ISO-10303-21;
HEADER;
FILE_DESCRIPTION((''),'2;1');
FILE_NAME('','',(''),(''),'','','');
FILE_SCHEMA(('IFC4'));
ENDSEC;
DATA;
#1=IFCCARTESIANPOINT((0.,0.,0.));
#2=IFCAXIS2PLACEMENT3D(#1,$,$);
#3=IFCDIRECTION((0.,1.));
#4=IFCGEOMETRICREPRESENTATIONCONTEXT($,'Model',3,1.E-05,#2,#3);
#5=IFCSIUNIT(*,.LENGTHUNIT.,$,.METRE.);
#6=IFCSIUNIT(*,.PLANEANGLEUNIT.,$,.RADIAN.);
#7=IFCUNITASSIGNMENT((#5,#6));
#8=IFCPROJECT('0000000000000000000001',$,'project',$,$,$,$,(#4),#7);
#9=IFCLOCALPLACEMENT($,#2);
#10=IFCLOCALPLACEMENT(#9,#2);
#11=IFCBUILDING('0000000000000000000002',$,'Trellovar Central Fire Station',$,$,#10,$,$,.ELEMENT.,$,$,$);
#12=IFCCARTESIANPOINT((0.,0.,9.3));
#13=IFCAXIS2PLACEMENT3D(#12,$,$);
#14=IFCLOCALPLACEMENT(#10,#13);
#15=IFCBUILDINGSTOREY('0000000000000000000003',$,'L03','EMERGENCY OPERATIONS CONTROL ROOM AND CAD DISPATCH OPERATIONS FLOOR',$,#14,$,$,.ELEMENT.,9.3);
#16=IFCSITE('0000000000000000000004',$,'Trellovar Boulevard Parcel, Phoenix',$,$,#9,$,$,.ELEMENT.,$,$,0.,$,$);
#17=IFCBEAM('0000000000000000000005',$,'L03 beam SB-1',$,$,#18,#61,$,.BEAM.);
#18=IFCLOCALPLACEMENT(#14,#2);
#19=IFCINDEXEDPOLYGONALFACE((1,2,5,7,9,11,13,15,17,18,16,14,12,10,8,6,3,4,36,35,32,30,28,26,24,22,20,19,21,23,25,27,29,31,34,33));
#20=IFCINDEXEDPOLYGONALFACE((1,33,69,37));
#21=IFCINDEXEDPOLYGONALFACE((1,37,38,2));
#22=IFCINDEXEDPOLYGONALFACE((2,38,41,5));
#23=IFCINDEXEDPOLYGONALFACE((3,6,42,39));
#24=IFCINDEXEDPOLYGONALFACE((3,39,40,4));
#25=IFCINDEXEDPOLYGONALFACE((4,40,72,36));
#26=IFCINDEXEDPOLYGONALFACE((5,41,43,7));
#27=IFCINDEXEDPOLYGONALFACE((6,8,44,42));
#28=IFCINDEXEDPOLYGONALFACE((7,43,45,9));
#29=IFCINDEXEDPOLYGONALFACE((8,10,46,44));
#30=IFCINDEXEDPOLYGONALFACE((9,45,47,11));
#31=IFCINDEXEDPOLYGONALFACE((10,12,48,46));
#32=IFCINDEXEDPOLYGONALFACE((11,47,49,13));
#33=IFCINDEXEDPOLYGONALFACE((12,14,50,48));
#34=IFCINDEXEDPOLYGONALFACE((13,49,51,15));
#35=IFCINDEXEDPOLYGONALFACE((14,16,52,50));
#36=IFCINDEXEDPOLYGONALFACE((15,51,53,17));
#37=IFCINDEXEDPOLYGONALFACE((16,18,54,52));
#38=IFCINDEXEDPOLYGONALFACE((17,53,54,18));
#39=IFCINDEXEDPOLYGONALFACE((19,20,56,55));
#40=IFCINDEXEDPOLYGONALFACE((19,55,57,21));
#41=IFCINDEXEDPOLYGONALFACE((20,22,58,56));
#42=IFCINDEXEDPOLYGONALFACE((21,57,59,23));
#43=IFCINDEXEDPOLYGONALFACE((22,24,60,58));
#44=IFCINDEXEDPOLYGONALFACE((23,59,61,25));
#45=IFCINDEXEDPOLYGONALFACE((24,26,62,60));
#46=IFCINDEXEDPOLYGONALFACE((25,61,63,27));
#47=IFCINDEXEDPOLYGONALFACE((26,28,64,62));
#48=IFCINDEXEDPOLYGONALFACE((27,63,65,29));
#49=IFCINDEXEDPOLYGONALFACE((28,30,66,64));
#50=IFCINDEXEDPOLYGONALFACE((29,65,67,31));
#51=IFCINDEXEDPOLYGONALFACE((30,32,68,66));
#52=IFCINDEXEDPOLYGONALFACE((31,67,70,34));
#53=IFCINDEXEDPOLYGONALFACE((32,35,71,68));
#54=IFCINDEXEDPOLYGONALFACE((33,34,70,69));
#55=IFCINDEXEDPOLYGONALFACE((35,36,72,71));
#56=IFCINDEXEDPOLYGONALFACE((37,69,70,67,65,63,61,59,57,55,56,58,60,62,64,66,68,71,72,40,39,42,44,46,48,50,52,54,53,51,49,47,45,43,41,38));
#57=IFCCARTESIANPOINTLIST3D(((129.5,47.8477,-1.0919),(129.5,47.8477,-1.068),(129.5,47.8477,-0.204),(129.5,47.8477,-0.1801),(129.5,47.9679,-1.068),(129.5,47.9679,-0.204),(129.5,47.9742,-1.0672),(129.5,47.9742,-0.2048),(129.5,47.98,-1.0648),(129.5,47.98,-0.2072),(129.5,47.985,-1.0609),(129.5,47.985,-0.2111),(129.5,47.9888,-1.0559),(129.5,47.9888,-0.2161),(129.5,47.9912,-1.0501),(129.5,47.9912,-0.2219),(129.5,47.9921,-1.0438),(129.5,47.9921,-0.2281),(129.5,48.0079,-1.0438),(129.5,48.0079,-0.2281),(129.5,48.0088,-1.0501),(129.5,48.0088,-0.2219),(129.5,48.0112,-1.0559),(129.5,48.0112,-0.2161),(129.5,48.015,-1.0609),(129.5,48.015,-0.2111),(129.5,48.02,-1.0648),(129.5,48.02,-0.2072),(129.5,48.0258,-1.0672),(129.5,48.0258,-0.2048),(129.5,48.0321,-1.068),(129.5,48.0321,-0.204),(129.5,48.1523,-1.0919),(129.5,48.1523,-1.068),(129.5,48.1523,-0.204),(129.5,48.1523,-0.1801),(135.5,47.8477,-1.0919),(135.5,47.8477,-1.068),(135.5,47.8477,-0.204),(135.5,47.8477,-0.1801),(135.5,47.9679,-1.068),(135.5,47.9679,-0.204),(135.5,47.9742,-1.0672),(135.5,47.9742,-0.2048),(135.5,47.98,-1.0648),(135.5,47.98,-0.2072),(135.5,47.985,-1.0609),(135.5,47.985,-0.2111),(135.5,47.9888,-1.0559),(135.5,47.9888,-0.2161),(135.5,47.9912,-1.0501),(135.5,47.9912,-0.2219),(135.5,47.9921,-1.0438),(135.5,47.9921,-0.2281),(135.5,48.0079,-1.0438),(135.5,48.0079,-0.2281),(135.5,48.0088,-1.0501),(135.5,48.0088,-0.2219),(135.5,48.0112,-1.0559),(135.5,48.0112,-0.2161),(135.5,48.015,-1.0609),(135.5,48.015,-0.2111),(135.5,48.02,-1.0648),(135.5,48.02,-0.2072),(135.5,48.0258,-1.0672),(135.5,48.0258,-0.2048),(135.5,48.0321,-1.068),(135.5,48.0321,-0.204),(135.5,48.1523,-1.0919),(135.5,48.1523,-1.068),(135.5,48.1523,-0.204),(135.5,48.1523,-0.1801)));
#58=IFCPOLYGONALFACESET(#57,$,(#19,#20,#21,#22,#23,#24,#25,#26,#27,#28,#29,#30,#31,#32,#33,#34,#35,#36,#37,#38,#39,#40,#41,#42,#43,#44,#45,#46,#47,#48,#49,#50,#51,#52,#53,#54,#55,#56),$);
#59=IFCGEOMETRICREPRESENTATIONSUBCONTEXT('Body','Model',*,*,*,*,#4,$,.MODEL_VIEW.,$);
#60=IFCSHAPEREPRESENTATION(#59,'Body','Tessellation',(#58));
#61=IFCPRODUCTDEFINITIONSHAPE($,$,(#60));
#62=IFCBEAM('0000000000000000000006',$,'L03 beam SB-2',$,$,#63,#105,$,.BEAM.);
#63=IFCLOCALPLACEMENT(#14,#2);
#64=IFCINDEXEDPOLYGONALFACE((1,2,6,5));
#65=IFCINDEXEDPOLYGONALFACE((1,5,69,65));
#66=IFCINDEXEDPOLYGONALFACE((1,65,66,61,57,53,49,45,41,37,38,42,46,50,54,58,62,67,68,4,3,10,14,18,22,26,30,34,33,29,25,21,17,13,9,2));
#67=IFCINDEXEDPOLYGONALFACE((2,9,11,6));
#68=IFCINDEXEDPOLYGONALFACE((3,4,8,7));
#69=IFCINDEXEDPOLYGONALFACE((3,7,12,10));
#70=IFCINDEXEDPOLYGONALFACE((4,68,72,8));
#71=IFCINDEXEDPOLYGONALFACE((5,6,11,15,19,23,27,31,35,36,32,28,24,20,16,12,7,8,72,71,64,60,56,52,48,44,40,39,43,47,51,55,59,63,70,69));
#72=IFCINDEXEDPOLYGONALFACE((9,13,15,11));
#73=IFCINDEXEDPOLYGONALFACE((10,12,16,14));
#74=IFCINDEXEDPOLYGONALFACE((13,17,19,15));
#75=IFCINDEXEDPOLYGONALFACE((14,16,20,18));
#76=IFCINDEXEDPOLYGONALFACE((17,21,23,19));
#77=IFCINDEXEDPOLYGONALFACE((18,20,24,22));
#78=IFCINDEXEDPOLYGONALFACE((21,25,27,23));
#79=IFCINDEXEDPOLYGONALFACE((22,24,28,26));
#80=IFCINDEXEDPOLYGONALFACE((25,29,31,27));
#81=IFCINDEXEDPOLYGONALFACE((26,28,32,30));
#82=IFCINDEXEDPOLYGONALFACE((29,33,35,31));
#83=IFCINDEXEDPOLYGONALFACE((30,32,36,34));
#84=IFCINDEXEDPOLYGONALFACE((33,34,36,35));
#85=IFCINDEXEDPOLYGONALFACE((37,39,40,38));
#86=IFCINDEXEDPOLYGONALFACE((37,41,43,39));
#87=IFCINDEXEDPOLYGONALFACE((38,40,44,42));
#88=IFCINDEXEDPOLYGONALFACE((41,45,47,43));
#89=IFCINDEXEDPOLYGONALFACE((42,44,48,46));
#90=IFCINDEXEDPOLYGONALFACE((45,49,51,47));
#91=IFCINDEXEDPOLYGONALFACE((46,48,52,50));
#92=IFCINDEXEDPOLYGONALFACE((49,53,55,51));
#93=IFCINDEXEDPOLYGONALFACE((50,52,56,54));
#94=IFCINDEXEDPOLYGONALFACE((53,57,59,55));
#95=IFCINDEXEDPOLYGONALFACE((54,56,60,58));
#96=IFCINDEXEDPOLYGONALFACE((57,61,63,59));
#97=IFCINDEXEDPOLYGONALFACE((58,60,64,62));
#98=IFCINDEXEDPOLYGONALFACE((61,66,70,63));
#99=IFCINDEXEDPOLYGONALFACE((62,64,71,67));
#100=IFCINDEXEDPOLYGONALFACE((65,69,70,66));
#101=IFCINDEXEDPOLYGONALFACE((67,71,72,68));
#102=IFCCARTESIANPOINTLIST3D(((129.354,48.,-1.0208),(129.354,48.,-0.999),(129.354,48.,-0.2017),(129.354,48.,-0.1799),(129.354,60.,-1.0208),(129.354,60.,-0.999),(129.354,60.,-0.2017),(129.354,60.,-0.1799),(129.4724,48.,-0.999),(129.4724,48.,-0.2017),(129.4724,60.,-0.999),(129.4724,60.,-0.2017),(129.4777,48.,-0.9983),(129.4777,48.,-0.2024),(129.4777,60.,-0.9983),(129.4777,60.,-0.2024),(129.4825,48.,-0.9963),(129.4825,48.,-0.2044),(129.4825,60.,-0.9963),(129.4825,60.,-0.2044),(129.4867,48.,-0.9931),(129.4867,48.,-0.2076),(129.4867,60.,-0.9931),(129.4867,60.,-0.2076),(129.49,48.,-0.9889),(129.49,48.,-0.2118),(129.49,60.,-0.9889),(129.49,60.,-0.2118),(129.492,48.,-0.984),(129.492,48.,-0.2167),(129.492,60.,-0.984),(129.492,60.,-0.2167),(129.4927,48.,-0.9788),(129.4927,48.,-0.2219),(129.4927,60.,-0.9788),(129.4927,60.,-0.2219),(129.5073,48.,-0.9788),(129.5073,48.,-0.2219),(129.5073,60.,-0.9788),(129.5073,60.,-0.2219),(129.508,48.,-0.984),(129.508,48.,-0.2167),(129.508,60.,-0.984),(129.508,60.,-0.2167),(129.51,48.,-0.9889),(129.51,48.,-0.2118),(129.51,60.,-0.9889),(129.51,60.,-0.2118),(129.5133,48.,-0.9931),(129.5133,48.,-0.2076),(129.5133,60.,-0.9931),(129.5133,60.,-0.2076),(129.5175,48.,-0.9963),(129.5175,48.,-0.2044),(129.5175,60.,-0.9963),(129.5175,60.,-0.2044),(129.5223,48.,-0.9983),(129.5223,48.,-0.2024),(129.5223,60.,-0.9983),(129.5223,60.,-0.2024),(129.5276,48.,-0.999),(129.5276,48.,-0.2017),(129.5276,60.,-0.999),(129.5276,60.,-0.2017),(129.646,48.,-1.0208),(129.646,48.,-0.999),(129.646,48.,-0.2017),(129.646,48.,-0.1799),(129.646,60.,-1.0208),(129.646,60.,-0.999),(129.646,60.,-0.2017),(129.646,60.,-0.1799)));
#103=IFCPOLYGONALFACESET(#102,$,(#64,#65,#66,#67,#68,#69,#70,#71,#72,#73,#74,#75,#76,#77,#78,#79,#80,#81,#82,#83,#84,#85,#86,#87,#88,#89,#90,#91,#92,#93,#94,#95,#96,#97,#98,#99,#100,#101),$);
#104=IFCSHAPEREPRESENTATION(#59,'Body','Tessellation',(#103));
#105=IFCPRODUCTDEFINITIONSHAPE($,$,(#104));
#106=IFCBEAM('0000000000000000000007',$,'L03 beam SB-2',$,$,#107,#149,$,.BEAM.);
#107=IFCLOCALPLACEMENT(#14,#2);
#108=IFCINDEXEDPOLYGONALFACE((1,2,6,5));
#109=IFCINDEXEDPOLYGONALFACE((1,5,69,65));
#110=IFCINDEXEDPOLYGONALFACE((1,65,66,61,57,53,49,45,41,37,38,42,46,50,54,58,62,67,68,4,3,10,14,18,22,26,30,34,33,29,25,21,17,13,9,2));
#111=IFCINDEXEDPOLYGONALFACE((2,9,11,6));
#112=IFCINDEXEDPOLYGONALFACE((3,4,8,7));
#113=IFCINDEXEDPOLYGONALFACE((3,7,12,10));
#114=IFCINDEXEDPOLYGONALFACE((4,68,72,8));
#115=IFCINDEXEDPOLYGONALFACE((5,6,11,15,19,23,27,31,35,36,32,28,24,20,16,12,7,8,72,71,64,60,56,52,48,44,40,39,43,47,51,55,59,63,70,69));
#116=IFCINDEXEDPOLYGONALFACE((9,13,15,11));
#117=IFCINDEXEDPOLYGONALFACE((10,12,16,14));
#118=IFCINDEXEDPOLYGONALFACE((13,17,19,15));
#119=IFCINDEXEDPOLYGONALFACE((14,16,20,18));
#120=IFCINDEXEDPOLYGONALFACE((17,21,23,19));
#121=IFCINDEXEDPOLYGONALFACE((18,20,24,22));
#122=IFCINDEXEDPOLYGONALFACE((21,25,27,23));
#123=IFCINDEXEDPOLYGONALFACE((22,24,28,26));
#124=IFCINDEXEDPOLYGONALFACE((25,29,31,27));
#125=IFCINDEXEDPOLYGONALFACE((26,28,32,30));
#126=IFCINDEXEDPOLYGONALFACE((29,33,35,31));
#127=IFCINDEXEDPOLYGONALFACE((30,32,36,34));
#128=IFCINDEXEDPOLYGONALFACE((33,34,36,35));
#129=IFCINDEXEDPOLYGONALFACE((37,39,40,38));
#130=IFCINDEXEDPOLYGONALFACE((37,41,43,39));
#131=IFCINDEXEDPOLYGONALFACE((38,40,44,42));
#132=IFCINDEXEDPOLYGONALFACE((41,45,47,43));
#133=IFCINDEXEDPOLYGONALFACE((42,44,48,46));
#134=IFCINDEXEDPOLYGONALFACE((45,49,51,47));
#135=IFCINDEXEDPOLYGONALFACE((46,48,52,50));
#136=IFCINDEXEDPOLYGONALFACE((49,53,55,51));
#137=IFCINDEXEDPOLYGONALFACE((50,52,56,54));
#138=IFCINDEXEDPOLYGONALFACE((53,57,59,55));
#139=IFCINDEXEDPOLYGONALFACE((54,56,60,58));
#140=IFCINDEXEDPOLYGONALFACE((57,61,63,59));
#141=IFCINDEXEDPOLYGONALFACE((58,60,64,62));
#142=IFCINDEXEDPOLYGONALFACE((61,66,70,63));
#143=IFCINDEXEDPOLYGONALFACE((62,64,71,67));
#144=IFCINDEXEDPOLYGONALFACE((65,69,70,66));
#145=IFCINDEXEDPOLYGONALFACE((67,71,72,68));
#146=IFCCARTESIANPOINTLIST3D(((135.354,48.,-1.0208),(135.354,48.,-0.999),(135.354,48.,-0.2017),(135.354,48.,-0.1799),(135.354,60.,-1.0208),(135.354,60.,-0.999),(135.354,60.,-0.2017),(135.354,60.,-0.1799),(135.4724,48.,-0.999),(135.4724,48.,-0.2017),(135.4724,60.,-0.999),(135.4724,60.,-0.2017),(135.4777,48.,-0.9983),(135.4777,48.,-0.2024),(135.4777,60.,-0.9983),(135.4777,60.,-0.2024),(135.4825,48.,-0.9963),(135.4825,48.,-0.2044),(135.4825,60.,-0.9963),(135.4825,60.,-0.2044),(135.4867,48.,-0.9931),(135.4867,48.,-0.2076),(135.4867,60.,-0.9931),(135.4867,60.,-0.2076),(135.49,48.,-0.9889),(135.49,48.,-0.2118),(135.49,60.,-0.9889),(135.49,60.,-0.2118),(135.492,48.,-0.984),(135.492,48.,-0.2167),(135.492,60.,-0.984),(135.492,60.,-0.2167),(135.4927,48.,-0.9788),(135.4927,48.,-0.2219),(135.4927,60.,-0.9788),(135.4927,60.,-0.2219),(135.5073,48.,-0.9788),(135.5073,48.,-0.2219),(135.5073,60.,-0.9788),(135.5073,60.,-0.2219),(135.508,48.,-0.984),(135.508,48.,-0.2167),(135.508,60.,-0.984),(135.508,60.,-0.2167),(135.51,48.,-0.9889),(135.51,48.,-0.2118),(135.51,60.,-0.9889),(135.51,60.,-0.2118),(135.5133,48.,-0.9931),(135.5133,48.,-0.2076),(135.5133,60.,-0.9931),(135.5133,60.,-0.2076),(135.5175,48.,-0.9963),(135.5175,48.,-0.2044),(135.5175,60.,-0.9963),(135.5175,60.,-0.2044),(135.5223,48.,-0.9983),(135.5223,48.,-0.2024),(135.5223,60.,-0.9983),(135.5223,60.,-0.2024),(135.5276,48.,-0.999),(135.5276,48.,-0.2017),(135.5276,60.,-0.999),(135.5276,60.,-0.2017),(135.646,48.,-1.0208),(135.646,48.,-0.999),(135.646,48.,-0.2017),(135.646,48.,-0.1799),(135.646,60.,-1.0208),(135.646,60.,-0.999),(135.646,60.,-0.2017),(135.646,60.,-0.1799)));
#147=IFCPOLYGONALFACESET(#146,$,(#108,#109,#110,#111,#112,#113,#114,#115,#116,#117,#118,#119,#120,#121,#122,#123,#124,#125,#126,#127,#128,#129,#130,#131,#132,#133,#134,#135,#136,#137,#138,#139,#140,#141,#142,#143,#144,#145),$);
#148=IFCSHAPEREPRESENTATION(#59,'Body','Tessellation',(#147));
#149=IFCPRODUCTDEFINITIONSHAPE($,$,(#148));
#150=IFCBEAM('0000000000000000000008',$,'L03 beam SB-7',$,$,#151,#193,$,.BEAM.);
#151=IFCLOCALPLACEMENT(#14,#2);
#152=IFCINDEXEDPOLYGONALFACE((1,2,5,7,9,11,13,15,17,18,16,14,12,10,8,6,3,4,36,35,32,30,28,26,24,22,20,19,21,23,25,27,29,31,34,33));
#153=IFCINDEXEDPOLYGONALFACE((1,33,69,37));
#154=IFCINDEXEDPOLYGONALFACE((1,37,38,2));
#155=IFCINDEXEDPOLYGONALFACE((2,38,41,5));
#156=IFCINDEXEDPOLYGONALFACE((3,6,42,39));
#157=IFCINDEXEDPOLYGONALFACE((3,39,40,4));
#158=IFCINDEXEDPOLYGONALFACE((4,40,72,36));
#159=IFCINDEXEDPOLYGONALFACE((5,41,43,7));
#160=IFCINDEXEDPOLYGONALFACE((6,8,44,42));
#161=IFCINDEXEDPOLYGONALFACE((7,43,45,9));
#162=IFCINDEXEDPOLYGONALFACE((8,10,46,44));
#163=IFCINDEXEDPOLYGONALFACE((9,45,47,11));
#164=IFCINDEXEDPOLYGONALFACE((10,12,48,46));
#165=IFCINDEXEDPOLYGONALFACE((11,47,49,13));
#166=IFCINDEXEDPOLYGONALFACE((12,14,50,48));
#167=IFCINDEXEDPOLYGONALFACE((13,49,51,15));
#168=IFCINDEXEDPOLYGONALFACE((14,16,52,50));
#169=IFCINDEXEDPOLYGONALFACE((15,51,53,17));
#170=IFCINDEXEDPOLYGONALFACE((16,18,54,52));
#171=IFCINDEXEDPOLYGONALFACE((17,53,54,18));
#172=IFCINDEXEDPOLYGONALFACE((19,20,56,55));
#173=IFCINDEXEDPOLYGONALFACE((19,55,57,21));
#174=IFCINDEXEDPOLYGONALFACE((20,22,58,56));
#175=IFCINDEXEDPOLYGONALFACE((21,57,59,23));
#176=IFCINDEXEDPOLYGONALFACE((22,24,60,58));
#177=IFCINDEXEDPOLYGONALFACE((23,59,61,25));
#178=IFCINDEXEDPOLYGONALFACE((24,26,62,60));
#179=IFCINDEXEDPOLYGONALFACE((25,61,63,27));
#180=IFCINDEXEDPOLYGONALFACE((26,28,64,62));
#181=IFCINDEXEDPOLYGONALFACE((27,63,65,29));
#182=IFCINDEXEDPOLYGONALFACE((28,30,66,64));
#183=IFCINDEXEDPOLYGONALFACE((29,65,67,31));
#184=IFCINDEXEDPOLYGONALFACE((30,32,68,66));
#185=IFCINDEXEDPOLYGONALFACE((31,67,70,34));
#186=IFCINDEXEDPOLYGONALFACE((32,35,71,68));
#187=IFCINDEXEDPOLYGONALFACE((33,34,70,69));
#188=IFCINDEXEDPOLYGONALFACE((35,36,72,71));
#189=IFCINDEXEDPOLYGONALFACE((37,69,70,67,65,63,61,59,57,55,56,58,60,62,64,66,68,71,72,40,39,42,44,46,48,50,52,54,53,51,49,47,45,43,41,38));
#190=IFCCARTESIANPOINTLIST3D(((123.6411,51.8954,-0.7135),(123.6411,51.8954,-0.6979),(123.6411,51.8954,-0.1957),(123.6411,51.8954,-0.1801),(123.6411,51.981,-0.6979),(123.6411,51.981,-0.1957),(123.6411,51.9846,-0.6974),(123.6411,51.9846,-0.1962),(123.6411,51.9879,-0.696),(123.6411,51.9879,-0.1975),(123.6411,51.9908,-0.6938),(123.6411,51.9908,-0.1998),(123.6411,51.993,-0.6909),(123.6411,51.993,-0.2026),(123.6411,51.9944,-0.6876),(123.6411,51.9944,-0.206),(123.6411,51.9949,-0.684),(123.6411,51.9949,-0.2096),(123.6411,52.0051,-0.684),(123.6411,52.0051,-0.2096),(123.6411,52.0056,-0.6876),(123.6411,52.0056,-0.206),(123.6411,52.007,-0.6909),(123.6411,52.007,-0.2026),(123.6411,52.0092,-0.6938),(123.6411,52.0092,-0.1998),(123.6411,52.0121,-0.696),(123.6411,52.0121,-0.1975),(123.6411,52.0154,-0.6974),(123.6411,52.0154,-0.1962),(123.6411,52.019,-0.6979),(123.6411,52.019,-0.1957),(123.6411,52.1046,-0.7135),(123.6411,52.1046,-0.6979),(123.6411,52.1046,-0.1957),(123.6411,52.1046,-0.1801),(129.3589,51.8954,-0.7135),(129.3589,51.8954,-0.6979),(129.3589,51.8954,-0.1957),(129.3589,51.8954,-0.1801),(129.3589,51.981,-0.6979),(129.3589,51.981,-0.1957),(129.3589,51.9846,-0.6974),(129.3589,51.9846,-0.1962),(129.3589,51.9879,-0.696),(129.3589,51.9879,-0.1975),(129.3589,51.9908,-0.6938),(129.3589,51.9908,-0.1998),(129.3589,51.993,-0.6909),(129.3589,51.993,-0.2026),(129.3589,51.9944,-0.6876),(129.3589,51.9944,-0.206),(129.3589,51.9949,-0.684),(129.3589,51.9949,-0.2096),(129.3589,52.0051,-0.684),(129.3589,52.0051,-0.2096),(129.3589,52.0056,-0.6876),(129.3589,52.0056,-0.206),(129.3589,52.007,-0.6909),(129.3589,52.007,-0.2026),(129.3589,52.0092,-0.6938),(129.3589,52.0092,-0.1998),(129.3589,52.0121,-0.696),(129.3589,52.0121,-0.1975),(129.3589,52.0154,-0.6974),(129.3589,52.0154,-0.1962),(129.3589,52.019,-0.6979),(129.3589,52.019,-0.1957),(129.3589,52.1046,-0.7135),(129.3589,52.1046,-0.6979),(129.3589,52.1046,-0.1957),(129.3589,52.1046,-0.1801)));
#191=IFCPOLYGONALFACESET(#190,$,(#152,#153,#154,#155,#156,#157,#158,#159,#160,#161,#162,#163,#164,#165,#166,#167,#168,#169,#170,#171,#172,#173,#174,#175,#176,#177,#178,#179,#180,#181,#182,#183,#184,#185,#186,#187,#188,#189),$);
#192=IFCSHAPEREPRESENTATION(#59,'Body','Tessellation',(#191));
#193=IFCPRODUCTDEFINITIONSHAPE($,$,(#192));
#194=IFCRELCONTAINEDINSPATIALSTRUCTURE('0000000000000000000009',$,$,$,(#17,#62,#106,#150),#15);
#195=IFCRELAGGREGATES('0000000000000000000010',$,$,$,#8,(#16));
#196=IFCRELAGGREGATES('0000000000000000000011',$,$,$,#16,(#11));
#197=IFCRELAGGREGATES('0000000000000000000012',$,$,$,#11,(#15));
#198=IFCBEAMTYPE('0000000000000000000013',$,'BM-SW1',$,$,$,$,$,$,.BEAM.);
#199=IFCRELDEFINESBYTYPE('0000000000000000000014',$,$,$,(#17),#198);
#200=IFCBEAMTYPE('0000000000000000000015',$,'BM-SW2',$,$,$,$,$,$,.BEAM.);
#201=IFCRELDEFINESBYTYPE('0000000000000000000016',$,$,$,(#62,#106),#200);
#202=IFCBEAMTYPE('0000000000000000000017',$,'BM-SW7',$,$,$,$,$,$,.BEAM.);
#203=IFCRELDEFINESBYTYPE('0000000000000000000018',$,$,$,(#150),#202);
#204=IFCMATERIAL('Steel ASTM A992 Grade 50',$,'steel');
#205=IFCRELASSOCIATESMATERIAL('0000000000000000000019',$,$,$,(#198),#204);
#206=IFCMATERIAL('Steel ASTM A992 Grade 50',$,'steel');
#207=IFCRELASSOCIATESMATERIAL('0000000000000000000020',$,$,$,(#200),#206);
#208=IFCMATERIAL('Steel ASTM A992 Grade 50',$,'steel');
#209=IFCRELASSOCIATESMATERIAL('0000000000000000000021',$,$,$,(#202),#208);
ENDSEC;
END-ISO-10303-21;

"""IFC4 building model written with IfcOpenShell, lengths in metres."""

from ifc_helpers import new_model, si_unit, direction, frame, origin, origin_2d, place, context, subcontext, project, spatial, i_section, extrude, material, material_profile, profile_set, type_object, element, save


model = new_model("IFC4")

# Units and contexts
model_context = context("Model", 3, precision=1e-05, world=origin(), true_north=direction((0.0, 1.0)))
body_context = subcontext(model_context, "Body", "Model", "MODEL_VIEW")
ifc_project = project(units=[si_unit("LENGTHUNIT", "METRE"), si_unit("PLANEANGLEUNIT", "RADIAN")], contexts=[model_context])

# Site, building, storey
site_placement = place(None, origin())
site = spatial("IfcSite", under=ifc_project, at=site_placement, Name="Trellovar Boulevard Parcel, Phoenix", CompositionType="ELEMENT", RefElevation=0.0)
building_placement = place(site_placement, origin())
building = spatial("IfcBuilding", under=site, at=building_placement, Name="Trellovar Central Fire Station", CompositionType="ELEMENT")
storey_placement = place(building_placement, frame((0.0, 0.0, 9.3)))
storey = spatial("IfcBuildingStorey", under=building, at=storey_placement, Name="L03", Description="EMERGENCY OPERATIONS CONTROL ROOM AND CAD DISPATCH OPERATIONS FLOOR", CompositionType="ELEMENT", Elevation=9.3)

# Beams
ifc_material_1 = material(Name="Steel ASTM A992 Grade 50", Category="steel")
ifc_material_profile_1 = material_profile(ifc_material_1, i_section(OverallWidth=0.3047, OverallDepth=0.9119, WebThickness=0.0159, FlangeThickness=0.0239, FilletRadius=0.0242, at=origin_2d()), Name="W36X150")
ifc_profile_set_1 = profile_set([ifc_material_profile_1], Name="Steel ASTM A992 Grade 50")
beam_type_1 = type_object("IfcBeamType", Name="BM-SW1", PredefinedType="BEAM", material=ifc_profile_set_1)
beam_placement = place(storey_placement, frame((129.5, 48.0, -0.636), z_axis=(1.0, 0.0, 0.0), x_axis=(0.0, 1.0, 0.0)))
element("IfcBeam", 1, at=beam_placement, inside=storey, type_object=beam_type_1, Name="L03 beam SB-1", PredefinedType="BEAM", context=body_context, shape_type="SweptSolid", body=[
    extrude(i_section(OverallWidth=0.3047, OverallDepth=0.9119, WebThickness=0.0159, FlangeThickness=0.0239, FilletRadius=0.0242, at=origin_2d()), origin(), (0.0, 0.0, 1.0), 6.0),
])
ifc_material_2 = material(Name="Steel ASTM A992 Grade 50", Category="steel")
ifc_material_profile_2 = material_profile(ifc_material_2, i_section(OverallWidth=0.292, OverallDepth=0.8408, WebThickness=0.0146, FlangeThickness=0.0217, FilletRadius=0.0203, at=origin_2d()), Name="W33X130")
ifc_profile_set_2 = profile_set([ifc_material_profile_2], Name="Steel ASTM A992 Grade 50")
beam_type_2 = type_object("IfcBeamType", Name="BM-SW2", PredefinedType="BEAM", material=ifc_profile_set_2)
for number, where, z_axis, x_axis, name in (
    (2, (129.5, 48.0, -0.6003), (0.0, 1.0, 0.0), (-1.0, 0.0, 0.0), "L03 beam SB-2"),
    (3, (135.5, 48.0, -0.6003), (0.0, 1.0, 0.0), (-1.0, 0.0, 0.0), "L03 beam SB-2"),
):
    element("IfcBeam", number, at=place(storey_placement, frame(where, z_axis=z_axis, x_axis=x_axis)), inside=storey, type_object=beam_type_2, Name=name, PredefinedType="BEAM", context=body_context, shape_type="SweptSolid", body=[
        extrude(i_section(OverallWidth=0.292, OverallDepth=0.8408, WebThickness=0.0146, FlangeThickness=0.0217, FilletRadius=0.0203, at=origin_2d()), origin(), (0.0, 0.0, 1.0), 12.0),
    ])
ifc_material_3 = material(Name="Steel ASTM A992 Grade 50", Category="steel")
ifc_material_profile_3 = material_profile(ifc_material_3, i_section(OverallWidth=0.2092, OverallDepth=0.5334, WebThickness=0.0103, FlangeThickness=0.0156, FilletRadius=0.0139, at=origin_2d()), Name="W21X62")
ifc_profile_set_3 = profile_set([ifc_material_profile_3], Name="Steel ASTM A992 Grade 50")
beam_type_3 = type_object("IfcBeamType", Name="BM-SW7", PredefinedType="BEAM", material=ifc_profile_set_3)
for number, where, z_axis, x_axis, name in (
    (4, (123.6411, 52.0, -0.4468), (1.0, 0.0, 0.0), (0.0, 1.0, 0.0), "L03 beam SB-7"),
):
    element("IfcBeam", number, at=place(storey_placement, frame(where, z_axis=z_axis, x_axis=x_axis)), inside=storey, type_object=beam_type_3, Name=name, PredefinedType="BEAM", context=body_context, shape_type="SweptSolid", body=[
        extrude(i_section(OverallWidth=0.2092, OverallDepth=0.5334, WebThickness=0.0103, FlangeThickness=0.0156, FilletRadius=0.0139, at=origin_2d()), origin(), (0.0, 0.0, 1.0), 5.7178),
    ])

save(model, "model.ifc")
